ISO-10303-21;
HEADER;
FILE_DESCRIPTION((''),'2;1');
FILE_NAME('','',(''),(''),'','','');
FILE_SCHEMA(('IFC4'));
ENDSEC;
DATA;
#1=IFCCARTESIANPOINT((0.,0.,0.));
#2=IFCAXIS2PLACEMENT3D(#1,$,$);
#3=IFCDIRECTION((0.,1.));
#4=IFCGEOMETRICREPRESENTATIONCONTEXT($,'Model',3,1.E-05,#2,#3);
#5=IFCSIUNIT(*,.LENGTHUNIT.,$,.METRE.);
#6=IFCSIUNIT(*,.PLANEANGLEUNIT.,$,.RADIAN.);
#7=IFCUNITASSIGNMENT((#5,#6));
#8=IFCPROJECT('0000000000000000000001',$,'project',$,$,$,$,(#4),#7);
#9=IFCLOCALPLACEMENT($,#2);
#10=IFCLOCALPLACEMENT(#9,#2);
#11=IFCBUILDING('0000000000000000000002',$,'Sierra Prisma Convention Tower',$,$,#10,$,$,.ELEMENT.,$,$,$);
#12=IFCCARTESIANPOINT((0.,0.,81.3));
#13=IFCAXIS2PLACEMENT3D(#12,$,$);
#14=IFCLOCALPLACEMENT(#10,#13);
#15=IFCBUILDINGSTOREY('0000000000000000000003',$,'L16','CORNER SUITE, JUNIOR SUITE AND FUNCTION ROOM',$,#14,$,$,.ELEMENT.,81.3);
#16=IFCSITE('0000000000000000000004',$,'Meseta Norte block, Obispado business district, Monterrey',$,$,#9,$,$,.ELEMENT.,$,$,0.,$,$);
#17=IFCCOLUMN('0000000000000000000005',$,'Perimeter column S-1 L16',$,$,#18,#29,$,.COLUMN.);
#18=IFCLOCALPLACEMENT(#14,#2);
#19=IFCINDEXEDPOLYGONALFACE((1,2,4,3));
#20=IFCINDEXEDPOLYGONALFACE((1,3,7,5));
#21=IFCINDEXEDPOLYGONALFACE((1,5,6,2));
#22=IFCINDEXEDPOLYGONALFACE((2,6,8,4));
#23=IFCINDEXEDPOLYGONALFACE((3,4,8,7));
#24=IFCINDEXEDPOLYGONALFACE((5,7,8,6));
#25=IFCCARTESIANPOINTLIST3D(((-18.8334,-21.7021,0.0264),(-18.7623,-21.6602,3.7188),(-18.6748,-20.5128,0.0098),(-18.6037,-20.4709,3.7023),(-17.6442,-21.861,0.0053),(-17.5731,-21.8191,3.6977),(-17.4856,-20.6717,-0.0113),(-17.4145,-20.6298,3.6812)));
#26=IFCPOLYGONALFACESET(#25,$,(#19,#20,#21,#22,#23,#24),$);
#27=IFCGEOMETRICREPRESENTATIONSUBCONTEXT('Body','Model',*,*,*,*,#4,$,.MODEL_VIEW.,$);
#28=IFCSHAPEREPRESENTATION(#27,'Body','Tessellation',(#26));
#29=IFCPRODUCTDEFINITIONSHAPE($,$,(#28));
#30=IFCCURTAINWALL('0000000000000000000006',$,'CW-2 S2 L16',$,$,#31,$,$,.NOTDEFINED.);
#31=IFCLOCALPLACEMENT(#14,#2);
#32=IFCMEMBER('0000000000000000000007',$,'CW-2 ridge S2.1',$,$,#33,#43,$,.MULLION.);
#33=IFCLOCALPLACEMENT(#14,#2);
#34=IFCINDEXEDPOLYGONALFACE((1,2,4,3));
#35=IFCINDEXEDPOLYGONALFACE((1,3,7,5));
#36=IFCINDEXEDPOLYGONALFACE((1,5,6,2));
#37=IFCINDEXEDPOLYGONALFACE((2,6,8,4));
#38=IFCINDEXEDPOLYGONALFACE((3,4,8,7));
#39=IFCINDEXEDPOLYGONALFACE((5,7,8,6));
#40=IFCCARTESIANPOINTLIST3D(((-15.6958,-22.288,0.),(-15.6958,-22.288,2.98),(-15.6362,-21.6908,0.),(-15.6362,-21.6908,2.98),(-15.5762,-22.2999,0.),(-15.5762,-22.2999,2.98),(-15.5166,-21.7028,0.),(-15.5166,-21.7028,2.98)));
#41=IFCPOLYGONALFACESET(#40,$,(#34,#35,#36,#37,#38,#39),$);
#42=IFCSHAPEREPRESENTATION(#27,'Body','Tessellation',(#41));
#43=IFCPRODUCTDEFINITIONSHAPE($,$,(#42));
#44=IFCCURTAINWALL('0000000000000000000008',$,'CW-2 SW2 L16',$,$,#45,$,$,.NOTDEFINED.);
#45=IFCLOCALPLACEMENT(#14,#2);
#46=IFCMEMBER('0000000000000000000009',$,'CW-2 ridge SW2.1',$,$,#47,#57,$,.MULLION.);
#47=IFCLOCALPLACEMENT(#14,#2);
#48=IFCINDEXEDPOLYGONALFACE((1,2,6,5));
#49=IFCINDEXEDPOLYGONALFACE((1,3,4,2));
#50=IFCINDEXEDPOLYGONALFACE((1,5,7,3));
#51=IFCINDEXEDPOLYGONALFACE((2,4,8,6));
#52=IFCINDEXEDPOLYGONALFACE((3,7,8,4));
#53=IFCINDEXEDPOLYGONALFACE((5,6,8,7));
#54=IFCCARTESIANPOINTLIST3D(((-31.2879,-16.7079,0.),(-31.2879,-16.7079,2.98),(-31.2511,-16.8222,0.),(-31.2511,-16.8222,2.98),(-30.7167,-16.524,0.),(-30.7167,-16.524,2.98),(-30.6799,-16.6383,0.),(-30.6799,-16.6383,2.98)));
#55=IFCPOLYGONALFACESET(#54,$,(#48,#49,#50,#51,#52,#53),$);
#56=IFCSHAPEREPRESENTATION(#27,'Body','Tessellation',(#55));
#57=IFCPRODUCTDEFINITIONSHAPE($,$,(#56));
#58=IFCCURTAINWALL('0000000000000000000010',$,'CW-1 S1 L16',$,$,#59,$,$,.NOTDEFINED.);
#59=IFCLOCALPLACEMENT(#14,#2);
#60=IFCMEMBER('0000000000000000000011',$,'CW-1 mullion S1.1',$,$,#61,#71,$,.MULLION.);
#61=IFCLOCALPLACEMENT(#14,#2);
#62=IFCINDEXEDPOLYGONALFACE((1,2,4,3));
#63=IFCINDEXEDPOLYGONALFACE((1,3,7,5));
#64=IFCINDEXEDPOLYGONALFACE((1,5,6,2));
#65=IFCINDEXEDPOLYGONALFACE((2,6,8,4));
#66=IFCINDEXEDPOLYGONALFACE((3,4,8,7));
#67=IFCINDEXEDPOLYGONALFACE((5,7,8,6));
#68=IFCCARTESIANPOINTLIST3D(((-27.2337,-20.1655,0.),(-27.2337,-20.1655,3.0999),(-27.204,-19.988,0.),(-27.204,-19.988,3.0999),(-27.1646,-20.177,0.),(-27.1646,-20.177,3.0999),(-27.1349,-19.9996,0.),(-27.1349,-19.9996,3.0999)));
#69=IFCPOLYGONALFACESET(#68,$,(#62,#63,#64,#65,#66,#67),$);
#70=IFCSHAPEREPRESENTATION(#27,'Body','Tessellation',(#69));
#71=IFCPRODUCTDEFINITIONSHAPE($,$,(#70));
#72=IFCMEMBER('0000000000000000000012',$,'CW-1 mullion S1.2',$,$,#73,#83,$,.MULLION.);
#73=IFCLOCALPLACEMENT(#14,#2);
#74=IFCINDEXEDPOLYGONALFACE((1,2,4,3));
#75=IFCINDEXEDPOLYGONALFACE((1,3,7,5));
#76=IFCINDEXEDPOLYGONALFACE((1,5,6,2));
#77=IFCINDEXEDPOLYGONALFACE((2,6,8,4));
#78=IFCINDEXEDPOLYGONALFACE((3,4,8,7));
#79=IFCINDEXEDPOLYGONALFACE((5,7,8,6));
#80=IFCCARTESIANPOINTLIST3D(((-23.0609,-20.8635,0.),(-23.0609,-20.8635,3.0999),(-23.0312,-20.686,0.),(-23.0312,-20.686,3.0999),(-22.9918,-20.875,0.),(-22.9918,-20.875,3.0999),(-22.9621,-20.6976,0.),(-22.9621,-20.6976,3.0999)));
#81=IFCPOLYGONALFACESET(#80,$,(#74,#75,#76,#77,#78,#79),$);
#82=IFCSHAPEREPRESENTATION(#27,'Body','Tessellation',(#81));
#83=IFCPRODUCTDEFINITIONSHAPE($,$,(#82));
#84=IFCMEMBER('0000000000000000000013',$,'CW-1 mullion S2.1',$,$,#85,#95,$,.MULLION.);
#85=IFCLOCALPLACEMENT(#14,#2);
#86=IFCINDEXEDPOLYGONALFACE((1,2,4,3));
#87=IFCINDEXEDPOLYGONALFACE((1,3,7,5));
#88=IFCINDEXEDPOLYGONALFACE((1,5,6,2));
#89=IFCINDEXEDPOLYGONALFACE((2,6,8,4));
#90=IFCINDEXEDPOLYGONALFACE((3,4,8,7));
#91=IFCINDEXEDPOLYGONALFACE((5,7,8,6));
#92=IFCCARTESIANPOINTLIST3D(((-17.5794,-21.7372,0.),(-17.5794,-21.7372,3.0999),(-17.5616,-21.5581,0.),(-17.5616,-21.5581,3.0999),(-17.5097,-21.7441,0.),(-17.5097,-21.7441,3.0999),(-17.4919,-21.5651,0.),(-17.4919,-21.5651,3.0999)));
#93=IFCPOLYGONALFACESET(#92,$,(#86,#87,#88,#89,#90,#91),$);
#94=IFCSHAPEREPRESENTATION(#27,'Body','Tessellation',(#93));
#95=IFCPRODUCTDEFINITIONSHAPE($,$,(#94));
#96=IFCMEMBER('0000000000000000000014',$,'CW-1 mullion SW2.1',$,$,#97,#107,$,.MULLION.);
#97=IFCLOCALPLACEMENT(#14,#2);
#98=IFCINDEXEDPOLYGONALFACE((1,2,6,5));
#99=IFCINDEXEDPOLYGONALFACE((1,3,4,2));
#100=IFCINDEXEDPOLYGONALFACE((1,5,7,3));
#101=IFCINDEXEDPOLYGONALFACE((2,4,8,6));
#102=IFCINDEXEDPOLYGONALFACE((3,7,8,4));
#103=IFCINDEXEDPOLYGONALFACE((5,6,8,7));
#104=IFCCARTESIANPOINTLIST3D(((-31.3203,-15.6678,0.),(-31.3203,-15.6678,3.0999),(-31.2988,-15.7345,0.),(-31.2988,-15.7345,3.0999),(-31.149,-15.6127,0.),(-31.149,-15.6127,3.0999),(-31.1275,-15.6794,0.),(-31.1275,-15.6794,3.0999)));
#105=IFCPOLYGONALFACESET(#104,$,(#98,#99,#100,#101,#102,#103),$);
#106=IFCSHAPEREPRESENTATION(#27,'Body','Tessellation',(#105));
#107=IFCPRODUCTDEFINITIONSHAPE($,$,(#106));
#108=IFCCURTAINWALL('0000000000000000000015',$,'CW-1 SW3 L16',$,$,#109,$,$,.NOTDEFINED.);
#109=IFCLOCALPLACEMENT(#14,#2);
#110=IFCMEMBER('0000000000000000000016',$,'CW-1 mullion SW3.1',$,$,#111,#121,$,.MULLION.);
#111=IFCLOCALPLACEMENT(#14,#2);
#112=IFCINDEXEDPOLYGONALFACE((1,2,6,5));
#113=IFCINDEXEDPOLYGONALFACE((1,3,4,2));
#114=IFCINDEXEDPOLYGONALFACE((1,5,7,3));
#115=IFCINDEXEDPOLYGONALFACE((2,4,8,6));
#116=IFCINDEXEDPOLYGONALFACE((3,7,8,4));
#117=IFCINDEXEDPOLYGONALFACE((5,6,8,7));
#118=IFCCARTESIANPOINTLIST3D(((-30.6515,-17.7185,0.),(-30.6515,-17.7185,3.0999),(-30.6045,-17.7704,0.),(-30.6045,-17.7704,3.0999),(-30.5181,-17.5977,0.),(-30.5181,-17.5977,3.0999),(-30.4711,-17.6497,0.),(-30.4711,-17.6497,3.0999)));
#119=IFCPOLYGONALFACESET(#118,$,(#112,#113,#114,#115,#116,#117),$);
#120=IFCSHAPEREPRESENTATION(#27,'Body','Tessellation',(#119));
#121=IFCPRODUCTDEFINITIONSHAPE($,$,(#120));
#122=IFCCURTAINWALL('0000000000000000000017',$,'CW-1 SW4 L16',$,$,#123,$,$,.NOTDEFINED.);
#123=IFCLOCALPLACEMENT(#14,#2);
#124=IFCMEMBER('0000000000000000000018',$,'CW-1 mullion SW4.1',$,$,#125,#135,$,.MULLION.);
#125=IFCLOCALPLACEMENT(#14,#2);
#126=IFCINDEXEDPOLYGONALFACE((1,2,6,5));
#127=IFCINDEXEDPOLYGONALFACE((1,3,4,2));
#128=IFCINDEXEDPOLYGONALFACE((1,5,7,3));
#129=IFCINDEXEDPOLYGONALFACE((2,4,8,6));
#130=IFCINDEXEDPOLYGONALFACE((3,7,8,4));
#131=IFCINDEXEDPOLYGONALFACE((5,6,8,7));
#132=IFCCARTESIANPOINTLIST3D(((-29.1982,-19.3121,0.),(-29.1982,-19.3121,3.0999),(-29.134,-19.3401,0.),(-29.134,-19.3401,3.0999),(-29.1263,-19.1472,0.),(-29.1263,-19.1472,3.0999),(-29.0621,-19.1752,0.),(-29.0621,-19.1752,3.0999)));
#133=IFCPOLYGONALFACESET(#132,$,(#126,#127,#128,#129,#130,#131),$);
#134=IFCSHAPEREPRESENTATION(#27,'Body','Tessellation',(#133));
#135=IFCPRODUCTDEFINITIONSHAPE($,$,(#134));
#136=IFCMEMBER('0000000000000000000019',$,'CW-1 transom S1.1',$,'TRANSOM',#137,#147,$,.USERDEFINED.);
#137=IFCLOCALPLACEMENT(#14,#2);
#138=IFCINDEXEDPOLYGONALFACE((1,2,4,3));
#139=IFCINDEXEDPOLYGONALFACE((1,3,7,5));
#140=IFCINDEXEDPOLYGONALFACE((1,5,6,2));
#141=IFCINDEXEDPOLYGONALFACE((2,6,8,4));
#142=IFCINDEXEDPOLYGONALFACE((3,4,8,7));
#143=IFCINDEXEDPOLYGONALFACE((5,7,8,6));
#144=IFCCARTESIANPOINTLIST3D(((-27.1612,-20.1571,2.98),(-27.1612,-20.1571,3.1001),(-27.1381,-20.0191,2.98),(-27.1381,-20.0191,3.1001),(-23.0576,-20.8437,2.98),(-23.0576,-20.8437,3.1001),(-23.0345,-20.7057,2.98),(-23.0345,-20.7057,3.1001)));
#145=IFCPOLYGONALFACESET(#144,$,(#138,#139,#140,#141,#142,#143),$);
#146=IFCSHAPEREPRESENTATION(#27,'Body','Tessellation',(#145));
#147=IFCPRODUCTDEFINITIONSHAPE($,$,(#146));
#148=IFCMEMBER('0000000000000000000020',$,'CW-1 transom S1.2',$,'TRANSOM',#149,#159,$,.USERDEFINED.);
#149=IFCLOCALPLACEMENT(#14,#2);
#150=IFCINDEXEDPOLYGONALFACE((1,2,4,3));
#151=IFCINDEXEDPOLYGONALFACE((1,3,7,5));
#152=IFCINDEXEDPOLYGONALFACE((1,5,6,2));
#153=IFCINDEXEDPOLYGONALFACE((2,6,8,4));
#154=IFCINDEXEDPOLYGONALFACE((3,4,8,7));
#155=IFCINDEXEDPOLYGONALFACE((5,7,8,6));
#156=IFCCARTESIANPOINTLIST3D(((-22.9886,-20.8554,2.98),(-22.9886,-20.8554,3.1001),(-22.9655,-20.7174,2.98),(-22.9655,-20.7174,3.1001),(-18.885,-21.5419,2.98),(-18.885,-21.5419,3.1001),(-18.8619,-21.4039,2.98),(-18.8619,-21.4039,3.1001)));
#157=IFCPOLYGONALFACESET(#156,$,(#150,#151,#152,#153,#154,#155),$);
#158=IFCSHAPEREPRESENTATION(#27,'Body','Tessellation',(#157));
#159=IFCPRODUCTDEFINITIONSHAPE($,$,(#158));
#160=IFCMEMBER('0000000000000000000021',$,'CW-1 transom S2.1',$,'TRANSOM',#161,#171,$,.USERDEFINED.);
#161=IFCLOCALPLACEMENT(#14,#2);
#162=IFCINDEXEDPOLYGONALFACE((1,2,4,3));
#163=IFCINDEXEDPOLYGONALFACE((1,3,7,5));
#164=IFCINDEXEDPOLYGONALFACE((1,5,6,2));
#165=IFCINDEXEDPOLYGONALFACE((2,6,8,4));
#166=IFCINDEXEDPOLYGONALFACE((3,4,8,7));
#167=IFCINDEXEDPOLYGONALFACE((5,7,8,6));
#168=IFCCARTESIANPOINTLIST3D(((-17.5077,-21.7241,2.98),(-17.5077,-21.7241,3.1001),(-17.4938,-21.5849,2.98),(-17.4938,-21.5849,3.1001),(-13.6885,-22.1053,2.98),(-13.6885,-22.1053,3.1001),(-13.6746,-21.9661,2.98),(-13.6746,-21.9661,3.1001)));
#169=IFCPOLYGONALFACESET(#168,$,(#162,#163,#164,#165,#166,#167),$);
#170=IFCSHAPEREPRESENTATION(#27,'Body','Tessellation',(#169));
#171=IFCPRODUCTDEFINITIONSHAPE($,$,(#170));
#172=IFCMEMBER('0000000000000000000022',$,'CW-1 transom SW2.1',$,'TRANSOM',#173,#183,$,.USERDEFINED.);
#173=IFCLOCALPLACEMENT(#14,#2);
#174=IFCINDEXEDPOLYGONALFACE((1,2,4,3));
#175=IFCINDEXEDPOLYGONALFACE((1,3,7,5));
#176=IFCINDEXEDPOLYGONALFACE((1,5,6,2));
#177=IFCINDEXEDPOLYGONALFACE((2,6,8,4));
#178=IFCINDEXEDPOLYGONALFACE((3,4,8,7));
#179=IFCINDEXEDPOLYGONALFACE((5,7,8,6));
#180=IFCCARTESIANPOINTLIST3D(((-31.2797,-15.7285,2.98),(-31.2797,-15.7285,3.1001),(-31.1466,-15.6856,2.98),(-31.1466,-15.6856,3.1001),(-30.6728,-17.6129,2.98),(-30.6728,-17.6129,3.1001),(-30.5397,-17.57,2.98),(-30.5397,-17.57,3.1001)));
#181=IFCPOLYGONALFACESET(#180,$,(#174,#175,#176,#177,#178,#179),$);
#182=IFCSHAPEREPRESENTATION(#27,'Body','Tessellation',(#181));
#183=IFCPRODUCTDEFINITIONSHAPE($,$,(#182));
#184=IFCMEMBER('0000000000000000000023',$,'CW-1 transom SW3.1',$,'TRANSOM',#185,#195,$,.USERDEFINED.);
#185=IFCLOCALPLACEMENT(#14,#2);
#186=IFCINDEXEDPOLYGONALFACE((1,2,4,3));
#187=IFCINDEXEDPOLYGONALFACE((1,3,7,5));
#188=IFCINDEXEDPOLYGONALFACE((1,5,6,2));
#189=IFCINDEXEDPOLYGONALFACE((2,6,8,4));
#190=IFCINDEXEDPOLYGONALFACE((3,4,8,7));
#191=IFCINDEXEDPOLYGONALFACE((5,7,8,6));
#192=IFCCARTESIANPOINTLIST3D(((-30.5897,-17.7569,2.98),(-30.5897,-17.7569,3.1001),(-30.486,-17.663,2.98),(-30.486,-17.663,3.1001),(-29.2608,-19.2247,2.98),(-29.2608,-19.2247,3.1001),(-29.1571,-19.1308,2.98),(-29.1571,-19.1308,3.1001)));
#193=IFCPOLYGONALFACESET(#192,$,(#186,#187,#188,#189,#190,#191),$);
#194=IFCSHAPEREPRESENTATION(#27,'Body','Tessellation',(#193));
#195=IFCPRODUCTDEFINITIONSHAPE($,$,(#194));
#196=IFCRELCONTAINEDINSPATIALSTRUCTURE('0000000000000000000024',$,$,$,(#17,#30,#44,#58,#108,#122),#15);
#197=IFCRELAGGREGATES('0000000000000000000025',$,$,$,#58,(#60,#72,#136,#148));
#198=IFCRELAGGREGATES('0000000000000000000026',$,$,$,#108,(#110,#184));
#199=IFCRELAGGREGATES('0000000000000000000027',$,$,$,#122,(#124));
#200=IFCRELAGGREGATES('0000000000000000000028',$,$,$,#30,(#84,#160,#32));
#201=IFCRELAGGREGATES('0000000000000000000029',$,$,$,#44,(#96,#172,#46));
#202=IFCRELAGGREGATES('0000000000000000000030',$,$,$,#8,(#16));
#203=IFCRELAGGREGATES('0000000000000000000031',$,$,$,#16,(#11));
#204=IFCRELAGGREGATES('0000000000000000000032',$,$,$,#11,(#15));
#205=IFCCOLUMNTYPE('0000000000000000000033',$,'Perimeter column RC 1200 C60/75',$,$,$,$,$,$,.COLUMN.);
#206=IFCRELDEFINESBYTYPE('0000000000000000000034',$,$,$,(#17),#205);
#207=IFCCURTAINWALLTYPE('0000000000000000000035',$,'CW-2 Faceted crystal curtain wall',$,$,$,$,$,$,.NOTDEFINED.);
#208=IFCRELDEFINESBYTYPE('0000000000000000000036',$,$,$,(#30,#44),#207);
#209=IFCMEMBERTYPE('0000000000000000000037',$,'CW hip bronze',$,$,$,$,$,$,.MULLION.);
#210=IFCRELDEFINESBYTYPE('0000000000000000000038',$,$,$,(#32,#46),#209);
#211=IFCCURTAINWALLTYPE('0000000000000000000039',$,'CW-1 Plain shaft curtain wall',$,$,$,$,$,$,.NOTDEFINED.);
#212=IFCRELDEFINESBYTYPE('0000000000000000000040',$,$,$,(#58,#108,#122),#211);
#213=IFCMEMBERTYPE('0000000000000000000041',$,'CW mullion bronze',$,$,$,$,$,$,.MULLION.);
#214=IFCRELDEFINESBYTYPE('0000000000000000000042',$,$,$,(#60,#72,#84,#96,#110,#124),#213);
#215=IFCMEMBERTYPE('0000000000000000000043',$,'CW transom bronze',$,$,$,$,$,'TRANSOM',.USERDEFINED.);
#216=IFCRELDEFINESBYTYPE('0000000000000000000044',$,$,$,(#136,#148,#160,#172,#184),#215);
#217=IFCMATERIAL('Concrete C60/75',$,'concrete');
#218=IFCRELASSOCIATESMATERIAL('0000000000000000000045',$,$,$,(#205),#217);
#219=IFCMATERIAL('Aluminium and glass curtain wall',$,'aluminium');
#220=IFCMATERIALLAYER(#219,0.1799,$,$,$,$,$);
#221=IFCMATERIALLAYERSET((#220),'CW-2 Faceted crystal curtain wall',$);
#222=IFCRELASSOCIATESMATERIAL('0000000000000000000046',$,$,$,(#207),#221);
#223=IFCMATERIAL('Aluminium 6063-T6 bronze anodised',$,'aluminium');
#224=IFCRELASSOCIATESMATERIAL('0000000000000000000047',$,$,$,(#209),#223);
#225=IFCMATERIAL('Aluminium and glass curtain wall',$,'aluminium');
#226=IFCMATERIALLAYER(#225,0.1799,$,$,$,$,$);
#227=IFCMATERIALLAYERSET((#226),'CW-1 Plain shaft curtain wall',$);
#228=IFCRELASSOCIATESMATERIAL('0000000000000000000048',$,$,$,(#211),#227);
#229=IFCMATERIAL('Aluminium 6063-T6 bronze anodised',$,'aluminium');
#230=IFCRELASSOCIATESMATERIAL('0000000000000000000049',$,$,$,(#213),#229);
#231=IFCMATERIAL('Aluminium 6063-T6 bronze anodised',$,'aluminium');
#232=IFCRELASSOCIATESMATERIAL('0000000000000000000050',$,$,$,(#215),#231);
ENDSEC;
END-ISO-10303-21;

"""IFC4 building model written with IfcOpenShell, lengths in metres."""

from ifc_helpers import new_model, si_unit, direction, frame, origin, origin_2d, place, context, subcontext, project, spatial, rectangle, extrude, clip, halfspace, material, layer, layer_set, material_profile, profile_set, type_object, element, aggregate, save


model = new_model("IFC4")

# Units and contexts
model_context = context("Model", 3, precision=1e-05, world=origin(), true_north=direction((0.0, 1.0)))
body_context = subcontext(model_context, "Body", "Model", "MODEL_VIEW")
ifc_project = project(units=[si_unit("LENGTHUNIT", "METRE"), si_unit("PLANEANGLEUNIT", "RADIAN")], contexts=[model_context])

# Site, building, storey
site_placement = place(None, origin())
site = spatial("IfcSite", under=ifc_project, at=site_placement, Name="Meseta Norte block, Obispado business district, Monterrey", CompositionType="ELEMENT", RefElevation=0.0)
building_placement = place(site_placement, origin())
building = spatial("IfcBuilding", under=site, at=building_placement, Name="Sierra Prisma Convention Tower", CompositionType="ELEMENT")
storey_placement = place(building_placement, frame((0.0, 0.0, 81.3)))
storey = spatial("IfcBuildingStorey", under=building, at=storey_placement, Name="L16", Description="CORNER SUITE, JUNIOR SUITE AND FUNCTION ROOM", CompositionType="ELEMENT", Elevation=81.3)

# Column
ifc_material_1 = material(Name="Concrete C60/75", Category="concrete")
ifc_material_profile_1 = material_profile(ifc_material_1, rectangle(XDim=1.2, YDim=1.2, at=origin_2d()), Name="Perimeter column RC 1200 C60/75")
ifc_profile_set_1 = profile_set([ifc_material_profile_1], Name="Concrete C60/75")
column_type = type_object("IfcColumnType", Name="Perimeter column RC 1200 C60/75", PredefinedType="COLUMN", material=ifc_profile_set_1)
column_placement = place(storey_placement, frame((-18.1597, -21.187, 0.0), z_axis=(0.019263, 0.011347, 0.99975), x_axis=(-0.991035, 0.132437, 0.017592)))
element("IfcColumn", 1, at=column_placement, inside=storey, type_object=column_type, Name="Perimeter column S-1 L16", PredefinedType="COLUMN", context=body_context, shape_type="SweptSolid", body=[
    clip(extrude(rectangle(XDim=1.2, YDim=1.2, at=origin_2d()), origin(), (0.0, 0.0, 1.0), 3.7009), halfspace(frame((0.0, 0.0, 0.0076)), True)),
])

# Curtain walls, members
ifc_material_2 = material(Name="Aluminium and glass curtain wall", Category="aluminium")
ifc_layer_1 = layer(ifc_material_2, 0.1799)
ifc_layer_set_1 = layer_set([ifc_layer_1], Name="CW-2 Faceted crystal curtain wall")
curtain_wall_type_1 = type_object("IfcCurtainWallType", Name="CW-2 Faceted crystal curtain wall", PredefinedType="NOTDEFINED", material=ifc_layer_set_1)
curtain_wall_1_placement = place(storey_placement, origin())
curtain_wall_1 = element("IfcCurtainWall", 2, at=curtain_wall_1_placement, inside=storey, type_object=curtain_wall_type_1, Name="CW-2 S2 L16", PredefinedType="NOTDEFINED")
ifc_material_3 = material(Name="Aluminium 6063-T6 bronze anodised", Category="aluminium")
ifc_material_profile_2 = material_profile(ifc_material_3, rectangle(XDim=0.1201, YDim=0.6001, at=origin_2d()), Name="ALU RIDGE BLADE 120x600")
ifc_profile_set_2 = profile_set([ifc_material_profile_2], Name="Aluminium 6063-T6 bronze anodised")
member_type_1 = type_object("IfcMemberType", Name="CW hip bronze", PredefinedType="MULLION", material=ifc_profile_set_2)
member_1_placement = place(storey_placement, frame((-15.6062, -21.9954, 0.0), z_axis=(0.0, 0.0, 1.0), x_axis=(0.995058, -0.099298, 0.0)))
member_1 = element("IfcMember", 3, at=member_1_placement, type_object=member_type_1, Name="CW-2 ridge S2.1", PredefinedType="MULLION", context=body_context, shape_type="SweptSolid", body=[
    extrude(rectangle(XDim=0.1201, YDim=0.6001, at=origin_2d()), origin(), (0.0, 0.0, 1.0), 2.98),
])
curtain_wall_2_placement = place(storey_placement, origin())
curtain_wall_2 = element("IfcCurtainWall", 4, at=curtain_wall_2_placement, inside=storey, type_object=curtain_wall_type_1, Name="CW-2 SW2 L16", PredefinedType="NOTDEFINED")
member_2_placement = place(storey_placement, frame((-30.9839, -16.6731, 0.0), z_axis=(0.0, 0.0, 1.0), x_axis=(0.306516, -0.951866, 0.0)))
member_2 = element("IfcMember", 5, at=member_2_placement, type_object=member_type_1, Name="CW-2 ridge SW2.1", PredefinedType="MULLION", context=body_context, shape_type="SweptSolid", body=[
    extrude(rectangle(XDim=0.1201, YDim=0.6001, at=origin_2d()), origin(), (0.0, 0.0, 1.0), 2.98),
])

# Curtain wall, members
ifc_material_4 = material(Name="Aluminium and glass curtain wall", Category="aluminium")
ifc_layer_2 = layer(ifc_material_4, 0.1799)
ifc_layer_set_2 = layer_set([ifc_layer_2], Name="CW-1 Plain shaft curtain wall")
curtain_wall_type_2 = type_object("IfcCurtainWallType", Name="CW-1 Plain shaft curtain wall", PredefinedType="NOTDEFINED", material=ifc_layer_set_2)
curtain_wall_3_placement = place(storey_placement, origin())
curtain_wall_3 = element("IfcCurtainWall", 6, at=curtain_wall_3_placement, inside=storey, type_object=curtain_wall_type_2, Name="CW-1 S1 L16", PredefinedType="NOTDEFINED")
ifc_material_5 = material(Name="Aluminium 6063-T6 bronze anodised", Category="aluminium")
ifc_material_profile_3 = material_profile(ifc_material_5, rectangle(XDim=0.1799, YDim=0.0701, at=origin_2d()), Name="ALU MULLION 70x180")
ifc_profile_set_3 = profile_set([ifc_material_profile_3], Name="Aluminium 6063-T6 bronze anodised")
member_type_2 = type_object("IfcMemberType", Name="CW mullion bronze", PredefinedType="MULLION", material=ifc_profile_set_3)
member_3_placement = place(storey_placement, frame((-27.1843, -20.0825, 0.0), z_axis=(0.0, 0.0, 1.0), x_axis=(0.165012, 0.986292, 0.0)))
member_3 = element("IfcMember", 7, at=member_3_placement, type_object=member_type_2, Name="CW-1 mullion S1.1", PredefinedType="MULLION", context=body_context, shape_type="SweptSolid", body=[
    extrude(rectangle(XDim=0.1799, YDim=0.0701, at=origin_2d()), origin(), (0.0, 0.0, 1.0), 3.0999),
])
member_4_placement = place(storey_placement, frame((-23.0115, -20.7805, 0.0), z_axis=(0.0, 0.0, 1.0), x_axis=(0.165012, 0.986292, 0.0)))
member_4 = element("IfcMember", 8, at=member_4_placement, type_object=member_type_2, Name="CW-1 mullion S1.2", PredefinedType="MULLION", context=body_context, shape_type="SweptSolid", body=[
    extrude(rectangle(XDim=0.1799, YDim=0.0701, at=origin_2d()), origin(), (0.0, 0.0, 1.0), 3.0999),
])

# Members
member_5_placement = place(storey_placement, frame((-17.5356, -21.6511, 0.0), z_axis=(0.0, 0.0, 1.0), x_axis=(0.099298, 0.995058, 0.0)))
member_5 = element("IfcMember", 9, at=member_5_placement, type_object=member_type_2, Name="CW-1 mullion S2.1", PredefinedType="MULLION", context=body_context, shape_type="SweptSolid", body=[
    extrude(rectangle(XDim=0.1799, YDim=0.0701, at=origin_2d()), origin(), (0.0, 0.0, 1.0), 3.0999),
])
member_6_placement = place(storey_placement, frame((-31.2239, -15.6736, 0.0), z_axis=(0.0, 0.0, 1.0), x_axis=(0.951866, 0.306516, 0.0)))
member_6 = element("IfcMember", 10, at=member_6_placement, type_object=member_type_2, Name="CW-1 mullion SW2.1", PredefinedType="MULLION", context=body_context, shape_type="SweptSolid", body=[
    extrude(rectangle(XDim=0.1799, YDim=0.0701, at=origin_2d()), origin(), (0.0, 0.0, 1.0), 3.0999),
])

# Curtain walls, members
curtain_wall_4_placement = place(storey_placement, origin())
curtain_wall_4 = element("IfcCurtainWall", 11, at=curtain_wall_4_placement, inside=storey, type_object=curtain_wall_type_2, Name="CW-1 SW3 L16", PredefinedType="NOTDEFINED")
member_7_placement = place(storey_placement, frame((-30.5613, -17.6841, 0.0), z_axis=(0.0, 0.0, 1.0), x_axis=(0.741383, 0.671082, 0.0)))
member_7 = element("IfcMember", 12, at=member_7_placement, type_object=member_type_2, Name="CW-1 mullion SW3.1", PredefinedType="MULLION", context=body_context, shape_type="SweptSolid", body=[
    extrude(rectangle(XDim=0.1799, YDim=0.0701, at=origin_2d()), origin(), (0.0, 0.0, 1.0), 3.0999),
])
curtain_wall_5_placement = place(storey_placement, origin())
curtain_wall_5 = element("IfcCurtainWall", 13, at=curtain_wall_5_placement, inside=storey, type_object=curtain_wall_type_2, Name="CW-1 SW4 L16", PredefinedType="NOTDEFINED")
member_8_placement = place(storey_placement, frame((-29.1301, -19.2437, 0.0), z_axis=(0.0, 0.0, 1.0), x_axis=(0.39952, 0.916725, 0.0)))
member_8 = element("IfcMember", 14, at=member_8_placement, type_object=member_type_2, Name="CW-1 mullion SW4.1", PredefinedType="MULLION", context=body_context, shape_type="SweptSolid", body=[
    extrude(rectangle(XDim=0.1799, YDim=0.0701, at=origin_2d()), origin(), (0.0, 0.0, 1.0), 3.0999),
])

# Members
ifc_material_6 = material(Name="Aluminium 6063-T6 bronze anodised", Category="aluminium")
ifc_material_profile_4 = material_profile(ifc_material_6, rectangle(XDim=0.1399, YDim=0.1201, at=origin_2d()), Name="ALU TRANSOM 120x140")
ifc_profile_set_4 = profile_set([ifc_material_profile_4], Name="Aluminium 6063-T6 bronze anodised")
member_type_3 = type_object("IfcMemberType", Name="CW transom bronze", ElementType="TRANSOM", PredefinedType="USERDEFINED", material=ifc_profile_set_4)
member_9_placement = place(storey_placement, frame((-27.1497, -20.0881, 3.04), z_axis=(0.986292, -0.165008, 0.0), x_axis=(0.165008, 0.986292, 0.0)))
member_9 = element("IfcMember", 15, at=member_9_placement, type_object=member_type_3, Name="CW-1 transom S1.1", ObjectType="TRANSOM", PredefinedType="USERDEFINED", context=body_context, shape_type="SweptSolid", body=[
    extrude(rectangle(XDim=0.1399, YDim=0.1201, at=origin_2d()), origin(), (0.0, 0.0, 1.0), 4.1606),
])
member_10_placement = place(storey_placement, frame((-22.9771, -20.7864, 3.04), z_axis=(0.986292, -0.165008, 0.0), x_axis=(0.165008, 0.986292, 0.0)))
member_10 = element("IfcMember", 16, at=member_10_placement, type_object=member_type_3, Name="CW-1 transom S1.2", ObjectType="TRANSOM", PredefinedType="USERDEFINED", context=body_context, shape_type="SweptSolid", body=[
    extrude(rectangle(XDim=0.1399, YDim=0.1201, at=origin_2d()), origin(), (0.0, 0.0, 1.0), 4.1606),
])
member_11_placement = place(storey_placement, frame((-17.5007, -21.6545, 3.04), z_axis=(0.995058, -0.099296, 0.0), x_axis=(0.099296, 0.995058, 0.0)))
member_11 = element("IfcMember", 17, at=member_11_placement, type_object=member_type_3, Name="CW-1 transom S2.1", ObjectType="TRANSOM", PredefinedType="USERDEFINED", context=body_context, shape_type="SweptSolid", body=[
    extrude(rectangle(XDim=0.1399, YDim=0.1201, at=origin_2d()), origin(), (0.0, 0.0, 1.0), 3.8381),
])
member_12_placement = place(storey_placement, frame((-31.2131, -15.707, 3.04), z_axis=(0.306556, -0.951853, 0.0), x_axis=(0.951853, 0.306556, 0.0)))
member_12 = element("IfcMember", 18, at=member_12_placement, type_object=member_type_3, Name="CW-1 transom SW2.1", ObjectType="TRANSOM", PredefinedType="USERDEFINED", context=body_context, shape_type="SweptSolid", body=[
    extrude(rectangle(XDim=0.1399, YDim=0.1201, at=origin_2d()), origin(), (0.0, 0.0, 1.0), 1.9797),
])
member_13_placement = place(storey_placement, frame((-30.5378, -17.71, 3.04), z_axis=(0.671155, -0.741317, 0.0), x_axis=(0.741317, 0.671155, 0.0)))
member_13 = element("IfcMember", 19, at=member_13_placement, type_object=member_type_3, Name="CW-1 transom SW3.1", ObjectType="TRANSOM", PredefinedType="USERDEFINED", context=body_context, shape_type="SweptSolid", body=[
    extrude(rectangle(XDim=0.1399, YDim=0.1201, at=origin_2d()), origin(), (0.0, 0.0, 1.0), 1.98),
])

aggregate(curtain_wall_3, [member_3, member_4, member_9, member_10])
aggregate(curtain_wall_4, [member_7, member_13])
aggregate(curtain_wall_5, [member_8])
aggregate(curtain_wall_1, [member_5, member_11, member_1])

aggregate(curtain_wall_2, [member_6, member_12, member_2])

save(model, "model.ifc")
